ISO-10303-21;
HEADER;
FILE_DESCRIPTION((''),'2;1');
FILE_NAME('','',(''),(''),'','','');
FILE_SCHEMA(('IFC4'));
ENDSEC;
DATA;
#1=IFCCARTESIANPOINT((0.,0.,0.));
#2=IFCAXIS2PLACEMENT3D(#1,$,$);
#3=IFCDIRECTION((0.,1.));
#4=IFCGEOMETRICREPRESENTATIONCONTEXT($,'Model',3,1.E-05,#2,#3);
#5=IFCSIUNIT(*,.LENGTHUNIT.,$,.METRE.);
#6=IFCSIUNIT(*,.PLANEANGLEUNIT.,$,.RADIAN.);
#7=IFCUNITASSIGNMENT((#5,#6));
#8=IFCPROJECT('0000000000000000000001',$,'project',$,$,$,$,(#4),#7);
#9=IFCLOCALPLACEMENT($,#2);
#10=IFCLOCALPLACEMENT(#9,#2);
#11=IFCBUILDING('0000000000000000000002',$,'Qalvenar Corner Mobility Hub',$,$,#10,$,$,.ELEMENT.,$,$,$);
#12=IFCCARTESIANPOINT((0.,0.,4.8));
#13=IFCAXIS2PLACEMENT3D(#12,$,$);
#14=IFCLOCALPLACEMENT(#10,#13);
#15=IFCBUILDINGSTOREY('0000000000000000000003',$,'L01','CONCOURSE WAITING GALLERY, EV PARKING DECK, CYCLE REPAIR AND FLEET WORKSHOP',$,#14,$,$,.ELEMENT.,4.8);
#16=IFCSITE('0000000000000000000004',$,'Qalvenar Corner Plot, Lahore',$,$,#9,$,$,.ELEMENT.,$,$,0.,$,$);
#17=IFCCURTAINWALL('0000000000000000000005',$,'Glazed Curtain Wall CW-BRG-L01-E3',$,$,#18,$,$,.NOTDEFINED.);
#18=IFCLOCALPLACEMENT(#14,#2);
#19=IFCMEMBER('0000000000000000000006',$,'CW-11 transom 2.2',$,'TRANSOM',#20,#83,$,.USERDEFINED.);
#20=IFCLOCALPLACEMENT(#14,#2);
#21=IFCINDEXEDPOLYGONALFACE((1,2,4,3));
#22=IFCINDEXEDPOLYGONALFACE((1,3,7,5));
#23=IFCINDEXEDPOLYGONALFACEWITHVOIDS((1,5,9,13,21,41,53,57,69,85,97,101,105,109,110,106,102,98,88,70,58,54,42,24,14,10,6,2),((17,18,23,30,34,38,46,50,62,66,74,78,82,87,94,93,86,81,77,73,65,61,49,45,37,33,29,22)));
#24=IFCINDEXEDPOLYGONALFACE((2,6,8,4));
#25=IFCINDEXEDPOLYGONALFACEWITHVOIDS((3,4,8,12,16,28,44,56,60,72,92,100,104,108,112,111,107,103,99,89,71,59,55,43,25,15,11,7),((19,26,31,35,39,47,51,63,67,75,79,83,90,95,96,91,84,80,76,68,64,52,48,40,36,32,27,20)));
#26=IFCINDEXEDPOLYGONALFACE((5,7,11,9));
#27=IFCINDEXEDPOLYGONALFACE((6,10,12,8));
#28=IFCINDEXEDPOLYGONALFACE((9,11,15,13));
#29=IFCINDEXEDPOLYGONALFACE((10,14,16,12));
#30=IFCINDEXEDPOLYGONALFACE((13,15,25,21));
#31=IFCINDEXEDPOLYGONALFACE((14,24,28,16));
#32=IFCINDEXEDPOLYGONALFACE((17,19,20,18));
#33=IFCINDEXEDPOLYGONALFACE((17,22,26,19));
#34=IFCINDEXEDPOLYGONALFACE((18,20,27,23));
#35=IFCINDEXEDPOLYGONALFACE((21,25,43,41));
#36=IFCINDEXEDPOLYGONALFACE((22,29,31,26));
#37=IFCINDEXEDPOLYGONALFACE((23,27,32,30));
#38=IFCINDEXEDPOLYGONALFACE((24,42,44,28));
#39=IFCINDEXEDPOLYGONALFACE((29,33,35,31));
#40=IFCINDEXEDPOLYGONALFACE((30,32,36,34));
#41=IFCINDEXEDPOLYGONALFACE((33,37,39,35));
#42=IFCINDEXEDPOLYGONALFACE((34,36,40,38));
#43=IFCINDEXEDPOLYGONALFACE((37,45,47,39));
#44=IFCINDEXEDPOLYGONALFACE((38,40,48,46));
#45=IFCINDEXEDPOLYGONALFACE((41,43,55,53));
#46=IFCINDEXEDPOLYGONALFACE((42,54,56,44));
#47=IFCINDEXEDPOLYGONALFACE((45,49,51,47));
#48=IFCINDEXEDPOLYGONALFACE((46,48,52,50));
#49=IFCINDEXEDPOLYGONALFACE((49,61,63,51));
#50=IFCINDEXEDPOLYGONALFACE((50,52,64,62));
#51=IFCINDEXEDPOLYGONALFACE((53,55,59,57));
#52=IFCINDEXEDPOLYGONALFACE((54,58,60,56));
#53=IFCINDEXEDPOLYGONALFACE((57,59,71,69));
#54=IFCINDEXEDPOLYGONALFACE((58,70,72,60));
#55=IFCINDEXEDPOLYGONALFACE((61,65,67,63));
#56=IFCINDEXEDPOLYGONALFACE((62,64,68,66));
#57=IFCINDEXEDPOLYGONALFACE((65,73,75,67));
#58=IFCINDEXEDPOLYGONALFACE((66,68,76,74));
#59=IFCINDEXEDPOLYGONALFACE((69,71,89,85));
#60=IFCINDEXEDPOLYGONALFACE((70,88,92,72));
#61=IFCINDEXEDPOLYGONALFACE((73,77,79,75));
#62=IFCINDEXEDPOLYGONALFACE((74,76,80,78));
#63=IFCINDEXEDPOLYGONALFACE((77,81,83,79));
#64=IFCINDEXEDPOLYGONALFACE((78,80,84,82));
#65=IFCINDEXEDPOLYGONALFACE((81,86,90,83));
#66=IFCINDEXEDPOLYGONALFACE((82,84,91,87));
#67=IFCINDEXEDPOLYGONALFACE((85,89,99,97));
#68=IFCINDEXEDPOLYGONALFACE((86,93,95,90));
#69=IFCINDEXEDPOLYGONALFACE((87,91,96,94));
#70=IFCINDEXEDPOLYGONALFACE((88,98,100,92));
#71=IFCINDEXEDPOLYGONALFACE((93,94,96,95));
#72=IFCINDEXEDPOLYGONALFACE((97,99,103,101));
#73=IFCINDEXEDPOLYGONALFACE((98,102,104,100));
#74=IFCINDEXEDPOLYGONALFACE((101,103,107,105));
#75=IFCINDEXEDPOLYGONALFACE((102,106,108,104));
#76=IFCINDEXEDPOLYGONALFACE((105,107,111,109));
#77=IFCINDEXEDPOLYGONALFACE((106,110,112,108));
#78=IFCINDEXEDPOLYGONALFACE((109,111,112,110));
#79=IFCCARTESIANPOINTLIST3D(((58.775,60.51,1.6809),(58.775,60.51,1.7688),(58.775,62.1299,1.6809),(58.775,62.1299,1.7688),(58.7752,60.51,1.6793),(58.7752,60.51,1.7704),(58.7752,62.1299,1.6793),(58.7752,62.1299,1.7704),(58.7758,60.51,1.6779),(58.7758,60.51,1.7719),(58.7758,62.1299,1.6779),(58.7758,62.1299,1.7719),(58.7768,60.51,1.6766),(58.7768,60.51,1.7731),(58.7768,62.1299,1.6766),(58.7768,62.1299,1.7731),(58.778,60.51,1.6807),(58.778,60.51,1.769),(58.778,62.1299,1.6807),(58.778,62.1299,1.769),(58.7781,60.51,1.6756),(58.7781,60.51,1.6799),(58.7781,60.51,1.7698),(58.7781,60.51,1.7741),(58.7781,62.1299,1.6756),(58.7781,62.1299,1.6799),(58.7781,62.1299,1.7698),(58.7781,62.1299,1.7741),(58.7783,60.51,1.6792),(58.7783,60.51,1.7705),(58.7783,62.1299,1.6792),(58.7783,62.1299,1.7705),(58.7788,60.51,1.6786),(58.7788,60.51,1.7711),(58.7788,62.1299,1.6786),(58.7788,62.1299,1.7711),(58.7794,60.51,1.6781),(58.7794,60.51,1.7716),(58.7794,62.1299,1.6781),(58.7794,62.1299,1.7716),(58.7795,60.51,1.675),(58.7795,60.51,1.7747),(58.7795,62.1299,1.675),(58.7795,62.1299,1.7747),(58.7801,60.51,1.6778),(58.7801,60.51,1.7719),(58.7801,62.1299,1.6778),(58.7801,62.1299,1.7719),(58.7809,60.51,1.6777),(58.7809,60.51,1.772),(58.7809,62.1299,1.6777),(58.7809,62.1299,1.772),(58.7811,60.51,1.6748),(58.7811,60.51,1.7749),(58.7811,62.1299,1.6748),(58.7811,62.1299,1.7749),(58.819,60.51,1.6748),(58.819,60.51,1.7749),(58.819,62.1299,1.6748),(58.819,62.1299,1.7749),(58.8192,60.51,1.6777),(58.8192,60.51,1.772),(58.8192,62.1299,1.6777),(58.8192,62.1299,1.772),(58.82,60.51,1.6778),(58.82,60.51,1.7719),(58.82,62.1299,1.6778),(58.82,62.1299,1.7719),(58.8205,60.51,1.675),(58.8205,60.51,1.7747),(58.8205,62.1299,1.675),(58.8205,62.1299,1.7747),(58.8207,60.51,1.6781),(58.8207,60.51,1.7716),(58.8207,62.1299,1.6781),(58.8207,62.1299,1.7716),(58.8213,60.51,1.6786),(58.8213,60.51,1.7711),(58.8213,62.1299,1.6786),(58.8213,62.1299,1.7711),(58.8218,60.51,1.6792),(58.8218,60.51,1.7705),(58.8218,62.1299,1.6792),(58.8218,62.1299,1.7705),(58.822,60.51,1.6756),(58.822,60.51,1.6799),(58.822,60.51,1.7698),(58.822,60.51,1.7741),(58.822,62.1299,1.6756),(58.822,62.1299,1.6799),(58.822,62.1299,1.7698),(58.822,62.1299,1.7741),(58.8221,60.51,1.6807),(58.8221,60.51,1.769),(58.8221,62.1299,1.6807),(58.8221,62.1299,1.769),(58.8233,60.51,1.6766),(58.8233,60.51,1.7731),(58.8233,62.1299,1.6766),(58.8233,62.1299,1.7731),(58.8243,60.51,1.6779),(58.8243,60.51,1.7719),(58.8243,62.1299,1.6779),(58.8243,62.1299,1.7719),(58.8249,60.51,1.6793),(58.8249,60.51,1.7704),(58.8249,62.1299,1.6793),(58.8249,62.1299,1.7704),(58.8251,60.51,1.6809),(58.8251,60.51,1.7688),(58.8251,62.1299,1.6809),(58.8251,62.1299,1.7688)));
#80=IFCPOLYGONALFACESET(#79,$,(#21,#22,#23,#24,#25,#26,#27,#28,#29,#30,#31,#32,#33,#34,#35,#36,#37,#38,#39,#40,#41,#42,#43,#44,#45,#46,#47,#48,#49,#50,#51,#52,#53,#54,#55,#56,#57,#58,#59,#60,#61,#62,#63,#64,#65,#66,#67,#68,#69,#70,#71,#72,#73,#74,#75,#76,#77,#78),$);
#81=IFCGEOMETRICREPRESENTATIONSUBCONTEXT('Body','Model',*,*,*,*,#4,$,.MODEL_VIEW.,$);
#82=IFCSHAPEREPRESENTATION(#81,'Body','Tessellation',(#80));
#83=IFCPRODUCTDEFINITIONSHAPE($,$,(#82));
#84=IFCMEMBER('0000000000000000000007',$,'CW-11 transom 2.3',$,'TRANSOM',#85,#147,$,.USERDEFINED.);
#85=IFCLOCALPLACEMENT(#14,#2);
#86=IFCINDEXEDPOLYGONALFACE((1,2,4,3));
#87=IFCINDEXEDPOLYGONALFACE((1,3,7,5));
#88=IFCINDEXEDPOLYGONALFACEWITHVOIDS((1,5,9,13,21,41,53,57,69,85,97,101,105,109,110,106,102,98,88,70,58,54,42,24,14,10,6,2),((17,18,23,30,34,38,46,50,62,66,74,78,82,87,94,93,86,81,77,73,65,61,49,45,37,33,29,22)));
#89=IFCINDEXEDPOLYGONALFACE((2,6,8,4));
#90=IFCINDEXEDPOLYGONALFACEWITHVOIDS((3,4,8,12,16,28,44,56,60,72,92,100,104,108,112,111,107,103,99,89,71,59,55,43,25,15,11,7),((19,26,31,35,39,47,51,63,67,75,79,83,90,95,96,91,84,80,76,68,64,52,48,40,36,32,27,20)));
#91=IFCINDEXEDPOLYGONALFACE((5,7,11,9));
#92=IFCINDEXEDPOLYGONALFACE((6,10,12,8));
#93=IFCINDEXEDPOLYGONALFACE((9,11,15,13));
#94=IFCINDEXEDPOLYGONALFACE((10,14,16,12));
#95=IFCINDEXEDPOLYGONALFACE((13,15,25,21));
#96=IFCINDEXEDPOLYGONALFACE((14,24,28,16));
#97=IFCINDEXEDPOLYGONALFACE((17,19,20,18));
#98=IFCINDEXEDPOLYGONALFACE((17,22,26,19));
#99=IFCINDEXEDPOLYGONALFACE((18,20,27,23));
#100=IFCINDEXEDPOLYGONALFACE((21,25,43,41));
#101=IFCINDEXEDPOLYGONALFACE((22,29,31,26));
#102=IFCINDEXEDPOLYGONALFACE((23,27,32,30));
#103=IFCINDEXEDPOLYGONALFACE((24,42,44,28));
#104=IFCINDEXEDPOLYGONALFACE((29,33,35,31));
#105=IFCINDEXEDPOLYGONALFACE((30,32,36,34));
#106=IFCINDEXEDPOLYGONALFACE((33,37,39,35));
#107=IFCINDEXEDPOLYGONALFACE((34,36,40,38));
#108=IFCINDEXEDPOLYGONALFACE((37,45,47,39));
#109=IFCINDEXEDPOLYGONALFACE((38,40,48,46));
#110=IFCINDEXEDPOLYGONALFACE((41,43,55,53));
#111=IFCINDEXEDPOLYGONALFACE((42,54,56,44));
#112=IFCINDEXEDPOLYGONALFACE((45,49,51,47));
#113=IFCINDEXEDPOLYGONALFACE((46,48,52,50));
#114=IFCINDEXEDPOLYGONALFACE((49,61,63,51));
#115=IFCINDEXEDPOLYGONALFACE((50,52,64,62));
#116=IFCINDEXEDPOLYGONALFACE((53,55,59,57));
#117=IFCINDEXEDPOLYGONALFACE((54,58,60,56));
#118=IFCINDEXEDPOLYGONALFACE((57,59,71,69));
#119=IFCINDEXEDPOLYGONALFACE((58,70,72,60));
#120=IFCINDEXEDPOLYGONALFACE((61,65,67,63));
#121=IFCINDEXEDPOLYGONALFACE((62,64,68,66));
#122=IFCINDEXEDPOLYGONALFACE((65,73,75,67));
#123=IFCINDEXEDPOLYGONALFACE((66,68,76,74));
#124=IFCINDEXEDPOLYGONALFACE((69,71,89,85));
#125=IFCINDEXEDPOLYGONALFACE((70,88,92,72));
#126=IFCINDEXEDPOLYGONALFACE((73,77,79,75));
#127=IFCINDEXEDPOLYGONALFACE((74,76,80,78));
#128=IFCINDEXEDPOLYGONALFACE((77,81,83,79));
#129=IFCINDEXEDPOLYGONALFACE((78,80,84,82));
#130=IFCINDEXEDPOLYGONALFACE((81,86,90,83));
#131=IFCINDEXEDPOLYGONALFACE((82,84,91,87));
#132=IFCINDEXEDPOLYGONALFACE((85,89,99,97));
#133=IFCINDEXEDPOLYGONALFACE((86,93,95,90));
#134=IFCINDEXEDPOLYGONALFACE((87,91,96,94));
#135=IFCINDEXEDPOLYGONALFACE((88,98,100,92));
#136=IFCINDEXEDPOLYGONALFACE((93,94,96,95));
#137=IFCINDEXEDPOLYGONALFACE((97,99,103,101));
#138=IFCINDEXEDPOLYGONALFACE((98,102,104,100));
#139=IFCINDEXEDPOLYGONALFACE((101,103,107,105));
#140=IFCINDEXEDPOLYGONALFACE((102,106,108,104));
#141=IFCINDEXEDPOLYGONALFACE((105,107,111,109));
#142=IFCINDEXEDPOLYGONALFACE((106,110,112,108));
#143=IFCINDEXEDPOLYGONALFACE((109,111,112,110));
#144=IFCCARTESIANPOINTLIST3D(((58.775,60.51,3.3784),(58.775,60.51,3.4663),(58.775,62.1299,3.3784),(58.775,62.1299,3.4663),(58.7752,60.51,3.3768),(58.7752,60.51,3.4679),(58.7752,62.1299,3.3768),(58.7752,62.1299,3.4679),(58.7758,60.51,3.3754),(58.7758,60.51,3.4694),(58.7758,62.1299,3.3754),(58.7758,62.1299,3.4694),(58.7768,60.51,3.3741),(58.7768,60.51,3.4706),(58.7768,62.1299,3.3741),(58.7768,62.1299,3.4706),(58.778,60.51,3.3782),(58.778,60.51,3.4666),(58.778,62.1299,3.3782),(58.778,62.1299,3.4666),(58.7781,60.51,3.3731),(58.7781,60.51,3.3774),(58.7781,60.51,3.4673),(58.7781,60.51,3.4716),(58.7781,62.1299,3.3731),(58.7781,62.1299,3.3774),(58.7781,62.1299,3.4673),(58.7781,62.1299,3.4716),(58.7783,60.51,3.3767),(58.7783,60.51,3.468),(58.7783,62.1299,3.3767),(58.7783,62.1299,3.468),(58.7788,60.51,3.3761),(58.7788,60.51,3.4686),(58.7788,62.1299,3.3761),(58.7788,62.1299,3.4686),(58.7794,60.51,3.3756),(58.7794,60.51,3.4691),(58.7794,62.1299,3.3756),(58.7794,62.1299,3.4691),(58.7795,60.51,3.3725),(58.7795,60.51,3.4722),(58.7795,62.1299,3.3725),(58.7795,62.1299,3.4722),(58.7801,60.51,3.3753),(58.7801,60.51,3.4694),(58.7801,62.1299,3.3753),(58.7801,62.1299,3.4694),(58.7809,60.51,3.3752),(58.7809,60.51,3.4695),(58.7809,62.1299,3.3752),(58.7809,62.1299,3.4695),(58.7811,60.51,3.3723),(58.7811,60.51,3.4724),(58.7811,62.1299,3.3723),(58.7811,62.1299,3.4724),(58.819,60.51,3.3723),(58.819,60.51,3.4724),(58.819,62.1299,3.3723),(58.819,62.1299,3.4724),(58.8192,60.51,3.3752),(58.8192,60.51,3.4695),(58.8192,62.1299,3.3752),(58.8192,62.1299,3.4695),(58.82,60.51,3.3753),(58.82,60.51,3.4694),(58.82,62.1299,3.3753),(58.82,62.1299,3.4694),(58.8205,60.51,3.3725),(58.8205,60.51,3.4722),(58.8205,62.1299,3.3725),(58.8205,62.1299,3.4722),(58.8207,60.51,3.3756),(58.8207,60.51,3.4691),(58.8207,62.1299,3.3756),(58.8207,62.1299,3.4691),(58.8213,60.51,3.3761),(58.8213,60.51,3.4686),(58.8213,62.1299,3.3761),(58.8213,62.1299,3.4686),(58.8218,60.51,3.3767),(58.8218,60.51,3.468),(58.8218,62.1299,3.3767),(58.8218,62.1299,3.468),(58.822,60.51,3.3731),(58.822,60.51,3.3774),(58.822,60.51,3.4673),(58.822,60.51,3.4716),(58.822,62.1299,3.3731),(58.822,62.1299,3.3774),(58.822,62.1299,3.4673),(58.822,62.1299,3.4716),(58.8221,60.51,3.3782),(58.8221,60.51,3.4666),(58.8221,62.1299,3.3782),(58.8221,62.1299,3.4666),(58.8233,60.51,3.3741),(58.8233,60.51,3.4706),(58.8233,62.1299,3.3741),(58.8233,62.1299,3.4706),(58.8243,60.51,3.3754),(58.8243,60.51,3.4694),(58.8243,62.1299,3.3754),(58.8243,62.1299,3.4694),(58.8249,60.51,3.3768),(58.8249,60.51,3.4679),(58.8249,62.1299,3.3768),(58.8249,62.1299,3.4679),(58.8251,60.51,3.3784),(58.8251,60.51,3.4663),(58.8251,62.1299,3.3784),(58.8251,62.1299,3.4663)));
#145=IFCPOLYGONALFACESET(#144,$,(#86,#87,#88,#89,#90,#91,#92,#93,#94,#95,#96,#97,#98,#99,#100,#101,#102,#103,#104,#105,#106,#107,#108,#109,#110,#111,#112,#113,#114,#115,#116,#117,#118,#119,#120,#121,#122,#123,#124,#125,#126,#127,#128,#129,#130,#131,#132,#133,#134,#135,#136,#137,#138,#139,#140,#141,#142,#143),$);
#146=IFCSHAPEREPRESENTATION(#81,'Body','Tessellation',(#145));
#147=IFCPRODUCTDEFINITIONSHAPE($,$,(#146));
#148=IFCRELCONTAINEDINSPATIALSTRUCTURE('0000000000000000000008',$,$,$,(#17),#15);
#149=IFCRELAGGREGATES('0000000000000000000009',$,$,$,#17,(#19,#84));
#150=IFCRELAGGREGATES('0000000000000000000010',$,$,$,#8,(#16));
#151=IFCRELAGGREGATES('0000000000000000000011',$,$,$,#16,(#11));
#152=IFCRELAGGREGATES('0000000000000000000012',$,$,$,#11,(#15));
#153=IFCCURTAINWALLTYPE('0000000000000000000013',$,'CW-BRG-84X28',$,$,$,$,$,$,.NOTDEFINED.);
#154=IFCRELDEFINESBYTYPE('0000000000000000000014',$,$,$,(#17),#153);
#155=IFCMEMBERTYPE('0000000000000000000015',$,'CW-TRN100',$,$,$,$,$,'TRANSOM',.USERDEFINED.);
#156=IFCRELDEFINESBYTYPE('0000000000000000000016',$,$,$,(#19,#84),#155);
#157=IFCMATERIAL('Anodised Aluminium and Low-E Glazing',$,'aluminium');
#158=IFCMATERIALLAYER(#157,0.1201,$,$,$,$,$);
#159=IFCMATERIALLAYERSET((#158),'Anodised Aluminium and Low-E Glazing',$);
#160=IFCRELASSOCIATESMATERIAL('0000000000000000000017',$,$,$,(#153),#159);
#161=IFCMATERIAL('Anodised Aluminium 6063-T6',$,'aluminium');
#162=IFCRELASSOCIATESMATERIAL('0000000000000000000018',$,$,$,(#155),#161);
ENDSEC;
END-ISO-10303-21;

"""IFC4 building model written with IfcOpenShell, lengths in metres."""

from ifc_helpers import new_model, si_unit, direction, frame, origin, origin_2d, place, context, subcontext, project, spatial, hollow_rectangle, extrude, material, layer, layer_set, material_profile, profile_set, type_object, element, aggregate, save


model = new_model("IFC4")

# Units and contexts
model_context = context("Model", 3, precision=1e-05, world=origin(), true_north=direction((0.0, 1.0)))
body_context = subcontext(model_context, "Body", "Model", "MODEL_VIEW")
ifc_project = project(units=[si_unit("LENGTHUNIT", "METRE"), si_unit("PLANEANGLEUNIT", "RADIAN")], contexts=[model_context])

# Site, building, storey
site_placement = place(None, origin())
site = spatial("IfcSite", under=ifc_project, at=site_placement, Name="Qalvenar Corner Plot, Lahore", CompositionType="ELEMENT", RefElevation=0.0)
building_placement = place(site_placement, origin())
building = spatial("IfcBuilding", under=site, at=building_placement, Name="Qalvenar Corner Mobility Hub", CompositionType="ELEMENT")
storey_placement = place(building_placement, frame((0.0, 0.0, 4.8)))
storey = spatial("IfcBuildingStorey", under=building, at=storey_placement, Name="L01", Description="CONCOURSE WAITING GALLERY, EV PARKING DECK, CYCLE REPAIR AND FLEET WORKSHOP", CompositionType="ELEMENT", Elevation=4.8)

# Shared definitions
ifc_material_1 = material(Name="Anodised Aluminium and Low-E Glazing", Category="aluminium")
ifc_layer_1 = layer(ifc_material_1, 0.1201)
ifc_layer_set_1 = layer_set([ifc_layer_1], Name="Anodised Aluminium and Low-E Glazing")
curtain_wall_type = type_object("IfcCurtainWallType", Name="CW-BRG-84X28", PredefinedType="NOTDEFINED", material=ifc_layer_set_1)
ifc_material_2 = material(Name="Anodised Aluminium 6063-T6", Category="aluminium")

# Curtain wall, members
curtain_wall_1_placement = place(storey_placement, origin())
curtain_wall_1 = element("IfcCurtainWall", 1, at=curtain_wall_1_placement, inside=storey, type_object=curtain_wall_type, Name="Glazed Curtain Wall CW-BRG-L01-E3", PredefinedType="NOTDEFINED")
ifc_material_profile_1 = material_profile(ifc_material_2, hollow_rectangle(XDim=0.05, YDim=0.1001, WallThickness=0.0029, InnerFilletRadius=0.0029, OuterFilletRadius=0.0061, at=origin_2d()), Name="RHS100x50x3")
ifc_profile_set_1 = profile_set([ifc_material_profile_1], Name="Anodised Aluminium 6063-T6")
member_type_1 = type_object("IfcMemberType", Name="CW-TRN100", ElementType="TRANSOM", PredefinedType="USERDEFINED", material=ifc_profile_set_1)
member_1_placement = place(storey_placement, frame((58.8, 60.51, 1.7249), z_axis=(0.0, 1.0, 0.0), x_axis=(-1.0, 0.0, 0.0)))
member_1 = element("IfcMember", 2, at=member_1_placement, type_object=member_type_1, Name="CW-11 transom 2.2", ObjectType="TRANSOM", PredefinedType="USERDEFINED", context=body_context, shape_type="SweptSolid", body=[
    extrude(hollow_rectangle(XDim=0.05, YDim=0.1001, WallThickness=0.0029, InnerFilletRadius=0.0029, OuterFilletRadius=0.0061, at=origin_2d()), origin(), (0.0, 0.0, 1.0), 1.6199),
])
member_2_placement = place(storey_placement, frame((58.8, 60.51, 3.4224), z_axis=(0.0, 1.0, 0.0), x_axis=(-1.0, 0.0, 0.0)))
member_2 = element("IfcMember", 3, at=member_2_placement, type_object=member_type_1, Name="CW-11 transom 2.3", ObjectType="TRANSOM", PredefinedType="USERDEFINED", context=body_context, shape_type="SweptSolid", body=[
    extrude(hollow_rectangle(XDim=0.05, YDim=0.1001, WallThickness=0.0029, InnerFilletRadius=0.0029, OuterFilletRadius=0.0061, at=origin_2d()), origin(), (0.0, 0.0, 1.0), 1.6199),
])

aggregate(curtain_wall_1, [member_1, member_2])

save(model, "model.ifc")
